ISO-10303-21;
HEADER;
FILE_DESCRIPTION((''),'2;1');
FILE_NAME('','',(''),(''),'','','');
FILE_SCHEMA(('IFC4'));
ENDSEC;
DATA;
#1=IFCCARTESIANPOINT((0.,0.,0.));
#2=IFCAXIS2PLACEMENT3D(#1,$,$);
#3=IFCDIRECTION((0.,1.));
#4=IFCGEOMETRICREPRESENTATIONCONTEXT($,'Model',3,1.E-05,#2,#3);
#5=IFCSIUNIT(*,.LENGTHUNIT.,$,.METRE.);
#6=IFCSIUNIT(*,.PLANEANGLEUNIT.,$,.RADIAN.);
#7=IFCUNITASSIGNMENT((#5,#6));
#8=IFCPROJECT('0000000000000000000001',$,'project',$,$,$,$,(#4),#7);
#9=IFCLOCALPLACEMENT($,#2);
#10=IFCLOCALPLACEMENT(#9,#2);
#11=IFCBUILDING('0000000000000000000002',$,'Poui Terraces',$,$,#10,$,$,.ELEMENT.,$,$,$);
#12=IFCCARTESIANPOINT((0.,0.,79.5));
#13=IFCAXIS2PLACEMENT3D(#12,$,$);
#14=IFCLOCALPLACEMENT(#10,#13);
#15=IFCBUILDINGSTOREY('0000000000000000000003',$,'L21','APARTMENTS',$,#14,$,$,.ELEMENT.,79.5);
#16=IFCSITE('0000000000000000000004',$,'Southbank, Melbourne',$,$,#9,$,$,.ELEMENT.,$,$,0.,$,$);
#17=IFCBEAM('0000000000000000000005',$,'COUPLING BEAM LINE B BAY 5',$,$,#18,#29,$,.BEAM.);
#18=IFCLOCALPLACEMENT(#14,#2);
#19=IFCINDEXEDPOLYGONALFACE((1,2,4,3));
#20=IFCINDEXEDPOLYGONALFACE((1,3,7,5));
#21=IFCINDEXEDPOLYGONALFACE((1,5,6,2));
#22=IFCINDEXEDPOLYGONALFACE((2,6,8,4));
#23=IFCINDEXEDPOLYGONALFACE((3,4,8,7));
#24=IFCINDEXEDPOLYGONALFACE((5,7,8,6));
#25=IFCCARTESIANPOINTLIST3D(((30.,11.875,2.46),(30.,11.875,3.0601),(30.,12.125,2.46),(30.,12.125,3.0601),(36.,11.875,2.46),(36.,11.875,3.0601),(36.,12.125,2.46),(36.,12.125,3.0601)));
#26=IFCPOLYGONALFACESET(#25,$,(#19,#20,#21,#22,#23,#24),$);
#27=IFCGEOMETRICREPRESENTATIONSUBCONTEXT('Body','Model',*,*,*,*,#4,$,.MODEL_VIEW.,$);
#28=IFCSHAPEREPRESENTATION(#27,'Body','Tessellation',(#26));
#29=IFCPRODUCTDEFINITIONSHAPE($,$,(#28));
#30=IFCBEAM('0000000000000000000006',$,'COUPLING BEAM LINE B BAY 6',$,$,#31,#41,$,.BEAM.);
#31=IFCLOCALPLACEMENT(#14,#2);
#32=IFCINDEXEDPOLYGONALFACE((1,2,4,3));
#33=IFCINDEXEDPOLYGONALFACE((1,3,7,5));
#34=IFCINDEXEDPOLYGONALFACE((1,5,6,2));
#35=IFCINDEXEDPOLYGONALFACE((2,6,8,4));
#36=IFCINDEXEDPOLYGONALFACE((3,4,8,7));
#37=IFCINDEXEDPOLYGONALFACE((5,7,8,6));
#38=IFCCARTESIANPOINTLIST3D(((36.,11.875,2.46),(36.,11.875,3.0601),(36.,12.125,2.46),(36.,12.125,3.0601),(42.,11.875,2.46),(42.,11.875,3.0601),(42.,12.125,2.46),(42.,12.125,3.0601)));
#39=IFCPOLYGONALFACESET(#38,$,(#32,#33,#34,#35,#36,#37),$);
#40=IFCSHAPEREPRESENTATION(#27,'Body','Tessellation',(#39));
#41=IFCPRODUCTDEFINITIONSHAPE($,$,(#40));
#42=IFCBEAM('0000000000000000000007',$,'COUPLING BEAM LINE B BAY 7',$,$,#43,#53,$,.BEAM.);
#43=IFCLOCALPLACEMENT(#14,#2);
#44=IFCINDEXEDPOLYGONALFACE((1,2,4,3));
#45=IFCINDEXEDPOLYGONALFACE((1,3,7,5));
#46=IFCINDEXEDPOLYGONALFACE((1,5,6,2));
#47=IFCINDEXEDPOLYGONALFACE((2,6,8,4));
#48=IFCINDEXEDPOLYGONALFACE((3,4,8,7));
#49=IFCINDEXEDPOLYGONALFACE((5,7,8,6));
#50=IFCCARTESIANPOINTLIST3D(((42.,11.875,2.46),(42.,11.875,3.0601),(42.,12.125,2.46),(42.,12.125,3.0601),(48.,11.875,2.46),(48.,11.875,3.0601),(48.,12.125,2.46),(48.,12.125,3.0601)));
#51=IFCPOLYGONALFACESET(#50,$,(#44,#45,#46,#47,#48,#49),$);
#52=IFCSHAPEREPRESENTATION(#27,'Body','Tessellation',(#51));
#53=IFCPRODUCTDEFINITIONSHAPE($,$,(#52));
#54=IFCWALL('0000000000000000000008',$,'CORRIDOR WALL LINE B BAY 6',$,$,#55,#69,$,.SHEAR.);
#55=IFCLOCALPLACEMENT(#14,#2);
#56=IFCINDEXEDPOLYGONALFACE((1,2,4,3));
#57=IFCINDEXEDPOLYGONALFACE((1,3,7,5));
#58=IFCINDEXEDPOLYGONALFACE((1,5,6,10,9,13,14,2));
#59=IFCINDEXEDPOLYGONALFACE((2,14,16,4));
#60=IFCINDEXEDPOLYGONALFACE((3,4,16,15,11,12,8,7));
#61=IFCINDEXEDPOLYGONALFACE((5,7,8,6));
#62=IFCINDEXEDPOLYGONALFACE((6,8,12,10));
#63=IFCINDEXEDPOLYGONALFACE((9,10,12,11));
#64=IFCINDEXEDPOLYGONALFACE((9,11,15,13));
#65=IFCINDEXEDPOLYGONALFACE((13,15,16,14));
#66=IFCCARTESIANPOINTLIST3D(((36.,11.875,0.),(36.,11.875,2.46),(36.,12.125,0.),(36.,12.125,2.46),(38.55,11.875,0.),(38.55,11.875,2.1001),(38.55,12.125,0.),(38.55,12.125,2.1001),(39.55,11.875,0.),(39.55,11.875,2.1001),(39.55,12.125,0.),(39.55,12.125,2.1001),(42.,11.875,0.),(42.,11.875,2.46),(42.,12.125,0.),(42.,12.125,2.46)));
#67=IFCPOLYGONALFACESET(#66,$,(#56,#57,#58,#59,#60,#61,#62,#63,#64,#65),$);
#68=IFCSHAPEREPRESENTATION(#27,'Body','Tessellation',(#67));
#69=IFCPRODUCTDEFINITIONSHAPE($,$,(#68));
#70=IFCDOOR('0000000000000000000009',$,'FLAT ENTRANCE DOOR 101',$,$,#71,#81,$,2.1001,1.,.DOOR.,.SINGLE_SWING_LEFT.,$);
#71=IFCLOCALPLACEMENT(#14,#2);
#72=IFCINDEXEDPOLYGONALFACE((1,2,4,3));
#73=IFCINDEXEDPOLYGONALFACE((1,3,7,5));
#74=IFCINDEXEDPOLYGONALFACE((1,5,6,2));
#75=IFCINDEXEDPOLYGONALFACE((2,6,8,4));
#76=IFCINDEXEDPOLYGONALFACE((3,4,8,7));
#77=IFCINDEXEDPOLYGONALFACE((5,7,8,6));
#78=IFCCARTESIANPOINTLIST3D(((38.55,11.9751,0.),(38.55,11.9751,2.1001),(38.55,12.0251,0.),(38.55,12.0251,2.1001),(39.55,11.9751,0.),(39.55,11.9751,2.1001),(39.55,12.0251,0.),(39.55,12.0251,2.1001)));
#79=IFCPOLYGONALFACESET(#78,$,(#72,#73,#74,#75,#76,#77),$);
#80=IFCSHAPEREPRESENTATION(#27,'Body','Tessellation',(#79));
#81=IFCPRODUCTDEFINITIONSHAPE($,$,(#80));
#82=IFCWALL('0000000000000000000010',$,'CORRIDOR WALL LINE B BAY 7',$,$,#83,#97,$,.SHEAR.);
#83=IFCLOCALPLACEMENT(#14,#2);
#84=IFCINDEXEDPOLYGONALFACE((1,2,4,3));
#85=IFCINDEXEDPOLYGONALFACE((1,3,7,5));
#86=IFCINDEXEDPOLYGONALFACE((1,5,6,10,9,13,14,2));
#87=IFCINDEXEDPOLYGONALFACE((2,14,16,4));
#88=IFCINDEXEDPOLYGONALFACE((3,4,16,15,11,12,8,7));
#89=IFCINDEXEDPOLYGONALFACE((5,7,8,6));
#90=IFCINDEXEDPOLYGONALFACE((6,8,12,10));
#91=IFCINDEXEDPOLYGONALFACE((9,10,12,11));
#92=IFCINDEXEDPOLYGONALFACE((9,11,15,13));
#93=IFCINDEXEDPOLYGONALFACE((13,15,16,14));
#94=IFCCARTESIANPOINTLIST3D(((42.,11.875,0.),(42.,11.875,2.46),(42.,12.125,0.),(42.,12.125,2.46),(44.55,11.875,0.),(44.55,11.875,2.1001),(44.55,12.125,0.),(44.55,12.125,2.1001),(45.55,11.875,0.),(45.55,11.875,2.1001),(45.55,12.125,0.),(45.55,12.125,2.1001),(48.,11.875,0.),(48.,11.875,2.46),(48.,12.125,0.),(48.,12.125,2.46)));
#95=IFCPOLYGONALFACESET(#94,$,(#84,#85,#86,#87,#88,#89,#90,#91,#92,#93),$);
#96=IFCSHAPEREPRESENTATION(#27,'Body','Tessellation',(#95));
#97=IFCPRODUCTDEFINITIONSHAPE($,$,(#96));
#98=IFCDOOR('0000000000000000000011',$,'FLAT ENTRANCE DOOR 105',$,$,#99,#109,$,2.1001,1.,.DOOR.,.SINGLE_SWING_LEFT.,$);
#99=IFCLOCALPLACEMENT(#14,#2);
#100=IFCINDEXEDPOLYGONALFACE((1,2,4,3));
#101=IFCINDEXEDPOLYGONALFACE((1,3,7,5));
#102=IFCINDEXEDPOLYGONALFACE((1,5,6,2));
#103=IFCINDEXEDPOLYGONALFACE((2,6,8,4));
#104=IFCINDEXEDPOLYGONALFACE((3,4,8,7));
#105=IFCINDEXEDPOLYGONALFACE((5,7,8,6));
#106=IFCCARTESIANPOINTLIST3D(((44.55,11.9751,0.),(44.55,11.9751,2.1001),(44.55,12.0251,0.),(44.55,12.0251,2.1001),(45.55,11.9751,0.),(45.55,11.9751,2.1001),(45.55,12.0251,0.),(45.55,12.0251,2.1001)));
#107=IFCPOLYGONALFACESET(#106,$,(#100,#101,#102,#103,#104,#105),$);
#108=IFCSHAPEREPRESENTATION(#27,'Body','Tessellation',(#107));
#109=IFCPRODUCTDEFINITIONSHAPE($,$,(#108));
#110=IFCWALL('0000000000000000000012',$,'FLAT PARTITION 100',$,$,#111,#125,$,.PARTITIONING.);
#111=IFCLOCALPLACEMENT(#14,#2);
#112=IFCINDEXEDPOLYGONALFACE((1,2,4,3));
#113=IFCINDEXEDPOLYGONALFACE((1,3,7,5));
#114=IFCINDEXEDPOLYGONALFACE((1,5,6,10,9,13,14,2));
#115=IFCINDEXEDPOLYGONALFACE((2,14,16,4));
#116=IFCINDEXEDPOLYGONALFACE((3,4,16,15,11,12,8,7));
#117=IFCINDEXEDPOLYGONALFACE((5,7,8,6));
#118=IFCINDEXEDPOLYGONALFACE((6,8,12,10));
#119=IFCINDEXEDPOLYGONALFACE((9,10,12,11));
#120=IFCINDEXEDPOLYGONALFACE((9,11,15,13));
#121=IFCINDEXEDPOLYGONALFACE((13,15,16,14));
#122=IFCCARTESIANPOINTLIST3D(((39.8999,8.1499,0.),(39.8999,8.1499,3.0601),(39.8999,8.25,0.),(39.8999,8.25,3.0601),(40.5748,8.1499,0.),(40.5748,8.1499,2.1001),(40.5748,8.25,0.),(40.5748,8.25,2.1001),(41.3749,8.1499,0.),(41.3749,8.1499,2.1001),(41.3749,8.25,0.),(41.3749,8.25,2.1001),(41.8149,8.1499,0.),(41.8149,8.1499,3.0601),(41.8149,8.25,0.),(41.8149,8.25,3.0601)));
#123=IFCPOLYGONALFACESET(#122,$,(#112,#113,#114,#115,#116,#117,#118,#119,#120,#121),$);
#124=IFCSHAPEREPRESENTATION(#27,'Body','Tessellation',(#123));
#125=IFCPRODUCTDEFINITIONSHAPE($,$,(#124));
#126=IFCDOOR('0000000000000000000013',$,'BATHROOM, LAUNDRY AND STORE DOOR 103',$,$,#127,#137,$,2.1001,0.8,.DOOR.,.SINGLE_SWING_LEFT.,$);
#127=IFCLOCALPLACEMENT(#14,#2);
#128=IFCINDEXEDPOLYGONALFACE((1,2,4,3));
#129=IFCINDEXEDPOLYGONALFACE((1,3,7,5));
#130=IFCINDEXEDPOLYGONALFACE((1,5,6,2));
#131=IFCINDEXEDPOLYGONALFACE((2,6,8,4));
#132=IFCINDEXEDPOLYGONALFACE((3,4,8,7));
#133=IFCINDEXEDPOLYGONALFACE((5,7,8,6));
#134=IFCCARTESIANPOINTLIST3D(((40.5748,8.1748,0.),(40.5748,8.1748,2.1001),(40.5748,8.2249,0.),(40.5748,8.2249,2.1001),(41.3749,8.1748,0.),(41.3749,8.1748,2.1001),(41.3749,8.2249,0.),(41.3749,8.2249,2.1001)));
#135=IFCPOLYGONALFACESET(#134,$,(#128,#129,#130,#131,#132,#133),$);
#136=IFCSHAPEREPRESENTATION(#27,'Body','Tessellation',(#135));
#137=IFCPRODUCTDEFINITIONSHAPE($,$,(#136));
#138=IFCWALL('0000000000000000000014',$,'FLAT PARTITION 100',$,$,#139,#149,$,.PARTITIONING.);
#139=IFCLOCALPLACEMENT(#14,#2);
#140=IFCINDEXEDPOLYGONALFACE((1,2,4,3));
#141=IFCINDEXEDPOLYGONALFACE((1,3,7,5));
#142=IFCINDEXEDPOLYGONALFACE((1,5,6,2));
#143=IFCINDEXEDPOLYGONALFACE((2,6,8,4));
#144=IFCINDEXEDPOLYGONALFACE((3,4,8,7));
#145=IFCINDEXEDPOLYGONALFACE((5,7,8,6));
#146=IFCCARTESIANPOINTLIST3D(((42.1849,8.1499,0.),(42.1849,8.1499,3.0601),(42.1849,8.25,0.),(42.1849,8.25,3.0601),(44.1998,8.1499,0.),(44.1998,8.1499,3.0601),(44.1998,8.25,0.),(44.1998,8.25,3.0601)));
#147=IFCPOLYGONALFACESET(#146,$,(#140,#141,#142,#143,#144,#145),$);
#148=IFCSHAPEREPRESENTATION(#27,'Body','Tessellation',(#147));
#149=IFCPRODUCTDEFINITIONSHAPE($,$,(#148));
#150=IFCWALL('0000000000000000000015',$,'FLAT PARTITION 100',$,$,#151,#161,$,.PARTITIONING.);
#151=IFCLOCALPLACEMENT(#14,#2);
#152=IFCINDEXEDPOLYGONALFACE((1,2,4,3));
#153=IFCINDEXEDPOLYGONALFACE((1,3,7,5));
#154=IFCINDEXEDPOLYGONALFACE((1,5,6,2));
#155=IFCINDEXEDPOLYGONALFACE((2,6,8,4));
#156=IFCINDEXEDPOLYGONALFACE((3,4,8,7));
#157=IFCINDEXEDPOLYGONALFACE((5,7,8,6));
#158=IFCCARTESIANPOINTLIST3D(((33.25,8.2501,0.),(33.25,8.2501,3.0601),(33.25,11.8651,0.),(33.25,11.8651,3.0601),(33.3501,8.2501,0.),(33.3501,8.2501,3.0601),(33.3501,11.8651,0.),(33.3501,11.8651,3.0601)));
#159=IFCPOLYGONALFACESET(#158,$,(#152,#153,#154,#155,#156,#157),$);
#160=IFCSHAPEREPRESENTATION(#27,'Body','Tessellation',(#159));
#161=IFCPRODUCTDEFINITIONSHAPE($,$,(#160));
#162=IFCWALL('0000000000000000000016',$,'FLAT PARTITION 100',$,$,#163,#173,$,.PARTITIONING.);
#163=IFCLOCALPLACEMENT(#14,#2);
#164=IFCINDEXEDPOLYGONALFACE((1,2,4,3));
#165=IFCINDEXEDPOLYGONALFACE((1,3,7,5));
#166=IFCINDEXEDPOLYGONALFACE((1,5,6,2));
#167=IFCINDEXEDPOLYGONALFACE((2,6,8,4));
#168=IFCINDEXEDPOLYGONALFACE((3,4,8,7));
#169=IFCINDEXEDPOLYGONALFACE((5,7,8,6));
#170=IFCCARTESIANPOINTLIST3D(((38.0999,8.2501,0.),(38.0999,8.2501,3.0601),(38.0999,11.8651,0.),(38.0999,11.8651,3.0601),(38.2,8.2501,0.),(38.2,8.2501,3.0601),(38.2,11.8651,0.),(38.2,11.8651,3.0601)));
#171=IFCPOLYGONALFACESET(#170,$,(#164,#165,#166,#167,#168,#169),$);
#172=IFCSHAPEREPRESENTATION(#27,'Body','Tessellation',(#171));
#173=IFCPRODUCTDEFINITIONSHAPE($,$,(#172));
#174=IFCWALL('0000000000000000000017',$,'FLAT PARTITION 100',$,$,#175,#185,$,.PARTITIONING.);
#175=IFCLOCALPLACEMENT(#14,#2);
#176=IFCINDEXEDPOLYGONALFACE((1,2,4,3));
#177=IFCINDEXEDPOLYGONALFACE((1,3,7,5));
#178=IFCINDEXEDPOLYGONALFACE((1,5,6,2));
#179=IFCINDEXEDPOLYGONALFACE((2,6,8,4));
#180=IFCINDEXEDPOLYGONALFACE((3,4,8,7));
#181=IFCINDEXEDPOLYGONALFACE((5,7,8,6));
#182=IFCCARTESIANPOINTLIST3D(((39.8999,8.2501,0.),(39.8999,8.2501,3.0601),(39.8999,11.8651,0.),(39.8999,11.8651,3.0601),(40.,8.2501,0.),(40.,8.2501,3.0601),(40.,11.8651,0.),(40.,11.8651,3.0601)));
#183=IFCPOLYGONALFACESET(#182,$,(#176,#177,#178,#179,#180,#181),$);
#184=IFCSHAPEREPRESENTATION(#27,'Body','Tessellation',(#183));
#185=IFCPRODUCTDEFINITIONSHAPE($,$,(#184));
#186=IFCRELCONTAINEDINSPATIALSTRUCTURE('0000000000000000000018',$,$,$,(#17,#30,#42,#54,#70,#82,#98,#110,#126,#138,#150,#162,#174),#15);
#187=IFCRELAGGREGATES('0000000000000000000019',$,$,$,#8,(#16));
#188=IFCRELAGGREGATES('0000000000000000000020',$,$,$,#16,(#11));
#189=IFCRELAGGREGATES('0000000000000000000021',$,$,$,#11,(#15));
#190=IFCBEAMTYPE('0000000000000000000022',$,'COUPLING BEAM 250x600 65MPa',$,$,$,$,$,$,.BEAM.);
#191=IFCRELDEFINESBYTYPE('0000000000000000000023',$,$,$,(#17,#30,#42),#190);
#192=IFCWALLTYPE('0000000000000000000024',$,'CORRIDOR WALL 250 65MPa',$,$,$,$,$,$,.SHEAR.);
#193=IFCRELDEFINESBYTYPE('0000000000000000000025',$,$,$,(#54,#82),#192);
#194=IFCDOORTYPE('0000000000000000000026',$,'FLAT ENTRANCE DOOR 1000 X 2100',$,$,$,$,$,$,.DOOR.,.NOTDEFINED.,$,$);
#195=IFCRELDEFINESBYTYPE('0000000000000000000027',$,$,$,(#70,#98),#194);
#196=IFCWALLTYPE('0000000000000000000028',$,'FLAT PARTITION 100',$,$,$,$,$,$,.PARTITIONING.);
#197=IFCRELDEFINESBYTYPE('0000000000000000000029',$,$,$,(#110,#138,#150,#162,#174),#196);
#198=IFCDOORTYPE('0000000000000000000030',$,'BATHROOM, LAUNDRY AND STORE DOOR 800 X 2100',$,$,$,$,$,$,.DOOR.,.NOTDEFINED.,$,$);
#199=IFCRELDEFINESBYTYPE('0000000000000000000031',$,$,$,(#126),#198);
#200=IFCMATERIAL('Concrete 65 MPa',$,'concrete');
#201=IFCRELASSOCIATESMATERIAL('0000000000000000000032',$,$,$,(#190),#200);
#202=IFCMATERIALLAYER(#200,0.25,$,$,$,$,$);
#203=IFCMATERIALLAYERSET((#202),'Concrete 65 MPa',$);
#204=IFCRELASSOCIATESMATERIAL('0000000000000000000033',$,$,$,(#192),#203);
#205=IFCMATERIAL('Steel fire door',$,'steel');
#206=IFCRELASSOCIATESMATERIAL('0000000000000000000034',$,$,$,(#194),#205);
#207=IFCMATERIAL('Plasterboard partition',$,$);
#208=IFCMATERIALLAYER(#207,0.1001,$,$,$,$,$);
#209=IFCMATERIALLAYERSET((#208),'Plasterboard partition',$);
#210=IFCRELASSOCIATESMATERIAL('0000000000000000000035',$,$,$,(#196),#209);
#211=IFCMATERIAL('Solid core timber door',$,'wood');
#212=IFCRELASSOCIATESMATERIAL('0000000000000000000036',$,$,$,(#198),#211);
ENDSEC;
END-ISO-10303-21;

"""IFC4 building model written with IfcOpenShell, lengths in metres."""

from ifc_helpers import new_model, si_unit, direction, frame, frame_2d, origin, origin_2d, place, context, subcontext, project, spatial, rectangle, extrude, source, transform, mapped, material, layer, layer_set, material_profile, profile_set, type_object, element, fill, save


model = new_model("IFC4")

# Units and contexts
model_context = context("Model", 3, precision=1e-05, world=origin(), true_north=direction((0.0, 1.0)))
body_context = subcontext(model_context, "Body", "Model", "MODEL_VIEW")
ifc_project = project(units=[si_unit("LENGTHUNIT", "METRE"), si_unit("PLANEANGLEUNIT", "RADIAN")], contexts=[model_context])

# Site, building, storey
site_placement = place(None, origin())
site = spatial("IfcSite", under=ifc_project, at=site_placement, Name="Southbank, Melbourne", CompositionType="ELEMENT", RefElevation=0.0)
building_placement = place(site_placement, origin())
building = spatial("IfcBuilding", under=site, at=building_placement, Name="Poui Terraces", CompositionType="ELEMENT")
storey_placement = place(building_placement, frame((0.0, 0.0, 79.5)))
storey = spatial("IfcBuildingStorey", under=building, at=storey_placement, Name="L21", Description="APARTMENTS", CompositionType="ELEMENT", Elevation=79.5)

# Beams
ifc_material_1 = material(Name="Concrete 65 MPa", Category="concrete")
ifc_material_profile = material_profile(ifc_material_1, rectangle(XDim=0.25, YDim=0.6001, at=origin_2d()), Name="RC 250x600")
ifc_profile_set = profile_set([ifc_material_profile], Name="Concrete 65 MPa")
beam_type = type_object("IfcBeamType", Name="COUPLING BEAM 250x600 65MPa", PredefinedType="BEAM", material=ifc_profile_set)
shared_shape = source(origin(), body_context, "Body", "SweptSolid", [
    extrude(rectangle(XDim=0.25, YDim=0.6001, at=origin_2d()), origin(), (0.0, 0.0, 1.0), 6.0),
])
for number, where, z_axis, x_axis, name in (
    (1, (30.0, 12.0, 2.76), (1.0, 0.0, 0.0), (0.0, 1.0, 0.0), "COUPLING BEAM LINE B BAY 5"),
    (2, (36.0, 12.0, 2.76), (1.0, 0.0, 0.0), (0.0, 1.0, 0.0), "COUPLING BEAM LINE B BAY 6"),
    (3, (42.0, 12.0, 2.76), (1.0, 0.0, 0.0), (0.0, 1.0, 0.0), "COUPLING BEAM LINE B BAY 7"),
):
    element("IfcBeam", number, at=place(storey_placement, frame(where, z_axis=z_axis, x_axis=x_axis)), inside=storey, type_object=beam_type, Name=name, PredefinedType="BEAM", context=body_context, shape_type="MappedRepresentation", body=[
        mapped(shared_shape, transform((0.0, 0.0, 0.0))),
    ])

# Walls, openings, doors
ifc_layer_1 = layer(ifc_material_1, 0.25)
ifc_layer_set_1 = layer_set([ifc_layer_1], Name="Concrete 65 MPa")
wall_type_1 = type_object("IfcWallType", Name="CORRIDOR WALL 250 65MPa", PredefinedType="SHEAR", material=ifc_layer_set_1)
wall_1_placement = place(storey_placement, frame((36.0, 12.0, 0.0), z_axis=(0.0, 0.0, 1.0), x_axis=(1.0, 0.0, 0.0)))
wall_1 = element("IfcWall", 4, at=wall_1_placement, inside=storey, type_object=wall_type_1, Name="CORRIDOR WALL LINE B BAY 6", PredefinedType="SHEAR", context=body_context, shape_type="SweptSolid", body=[
    extrude(rectangle(XDim=6.0, YDim=0.25, at=frame_2d((3.0, 0.0))), origin(), (0.0, 0.0, 1.0), 2.46),
])
opening_1_placement = place(wall_1_placement, frame((2.55, 0.0, 0.0)))
opening_1 = element("IfcOpeningElement", 5, at=opening_1_placement, cuts=wall_1, PredefinedType="OPENING", context=body_context, shape_type="SweptSolid", body=[
    extrude(rectangle(XDim=1.0, YDim=2.1001, at=frame_2d((0.5, 1.05))), frame((0.0, 0.135, 0.0), z_axis=(0.0, -1.0, 0.0), x_axis=(1.0, 0.0, 0.0)), (0.0, 0.0, 1.0), 0.27),
])
ifc_material_2 = material(Name="Steel fire door", Category="steel")
door_type_1 = type_object("IfcDoorType", Name="FLAT ENTRANCE DOOR 1000 X 2100", OperationType="NOTDEFINED", PredefinedType="DOOR", material=ifc_material_2)
door_1_placement = place(opening_1_placement, frame((1.0, 0.0, 0.0), z_axis=(0.0, 0.0, 1.0), x_axis=(-1.0, 0.0, 0.0)))
door_1 = element("IfcDoor", 6, at=door_1_placement, inside=storey, type_object=door_type_1, Name="FLAT ENTRANCE DOOR 101", OperationType="SINGLE_SWING_LEFT", OverallHeight=2.1001, OverallWidth=1.0, PredefinedType="DOOR", context=body_context, shape_type="SweptSolid", body=[
    extrude(rectangle(XDim=1.0, YDim=2.1001, at=frame_2d((0.5, 1.05))), frame((0.0, 0.0249, 0.0), z_axis=(0.0, -1.0, 0.0), x_axis=(1.0, 0.0, 0.0)), (0.0, 0.0, 1.0), 0.05),
])
fill(opening_1, door_1)
wall_2_placement = place(storey_placement, frame((42.0, 12.0, 0.0), z_axis=(0.0, 0.0, 1.0), x_axis=(1.0, 0.0, 0.0)))
wall_2 = element("IfcWall", 7, at=wall_2_placement, inside=storey, type_object=wall_type_1, Name="CORRIDOR WALL LINE B BAY 7", PredefinedType="SHEAR", context=body_context, shape_type="SweptSolid", body=[
    extrude(rectangle(XDim=6.0, YDim=0.25, at=frame_2d((3.0, 0.0))), origin(), (0.0, 0.0, 1.0), 2.46),
])
opening_2_placement = place(wall_2_placement, frame((2.55, 0.0, 0.0)))
opening_2 = element("IfcOpeningElement", 8, at=opening_2_placement, cuts=wall_2, PredefinedType="OPENING", context=body_context, shape_type="SweptSolid", body=[
    extrude(rectangle(XDim=1.0, YDim=2.1001, at=frame_2d((0.5, 1.05))), frame((0.0, 0.135, 0.0), z_axis=(0.0, -1.0, 0.0), x_axis=(1.0, 0.0, 0.0)), (0.0, 0.0, 1.0), 0.27),
])
door_2_placement = place(opening_2_placement, frame((1.0, 0.0, 0.0), z_axis=(0.0, 0.0, 1.0), x_axis=(-1.0, 0.0, 0.0)))
door_2 = element("IfcDoor", 9, at=door_2_placement, inside=storey, type_object=door_type_1, Name="FLAT ENTRANCE DOOR 105", OperationType="SINGLE_SWING_LEFT", OverallHeight=2.1001, OverallWidth=1.0, PredefinedType="DOOR", context=body_context, shape_type="SweptSolid", body=[
    extrude(rectangle(XDim=1.0, YDim=2.1001, at=frame_2d((0.5, 1.05))), frame((0.0, 0.0249, 0.0), z_axis=(0.0, -1.0, 0.0), x_axis=(1.0, 0.0, 0.0)), (0.0, 0.0, 1.0), 0.05),
])
fill(opening_2, door_2)
ifc_material_3 = material(Name="Plasterboard partition")
ifc_layer_2 = layer(ifc_material_3, 0.1001)
ifc_layer_set_2 = layer_set([ifc_layer_2], Name="Plasterboard partition")
wall_type_2 = type_object("IfcWallType", Name="FLAT PARTITION 100", PredefinedType="PARTITIONING", material=ifc_layer_set_2)
wall_3_placement = place(storey_placement, frame((39.8999, 8.2, 0.0), z_axis=(0.0, 0.0, 1.0), x_axis=(1.0, 0.0, 0.0)))
wall_3 = element("IfcWall", 10, at=wall_3_placement, inside=storey, type_object=wall_type_2, Name="FLAT PARTITION 100", PredefinedType="PARTITIONING", context=body_context, shape_type="SweptSolid", body=[
    extrude(rectangle(XDim=1.915, YDim=0.1001, at=frame_2d((0.9575, 0.0))), origin(), (0.0, 0.0, 1.0), 3.0601),
])
opening_3_placement = place(wall_3_placement, frame((0.675, 0.0, 0.0)))
opening_3 = element("IfcOpeningElement", 11, at=opening_3_placement, cuts=wall_3, PredefinedType="OPENING", context=body_context, shape_type="SweptSolid", body=[
    extrude(rectangle(XDim=0.8, YDim=2.1001, at=frame_2d((0.3999, 1.05))), frame((0.0, 0.0601, 0.0), z_axis=(0.0, -1.0, 0.0), x_axis=(1.0, 0.0, 0.0)), (0.0, 0.0, 1.0), 0.1201),
])
ifc_material_4 = material(Name="Solid core timber door", Category="wood")
door_type_2 = type_object("IfcDoorType", Name="BATHROOM, LAUNDRY AND STORE DOOR 800 X 2100", OperationType="NOTDEFINED", PredefinedType="DOOR", material=ifc_material_4)
door_3_placement = place(opening_3_placement, origin())
door_3 = element("IfcDoor", 12, at=door_3_placement, inside=storey, type_object=door_type_2, Name="BATHROOM, LAUNDRY AND STORE DOOR 103", OperationType="SINGLE_SWING_LEFT", OverallHeight=2.1001, OverallWidth=0.8, PredefinedType="DOOR", context=body_context, shape_type="SweptSolid", body=[
    extrude(rectangle(XDim=0.8, YDim=2.1001, at=frame_2d((0.3999, 1.05))), frame((0.0, 0.0249, 0.0), z_axis=(0.0, -1.0, 0.0), x_axis=(1.0, 0.0, 0.0)), (0.0, 0.0, 1.0), 0.05),
])
fill(opening_3, door_3)

# Walls
wall_4_placement = place(storey_placement, frame((42.1851, 8.2, 0.0), z_axis=(0.0, 0.0, 1.0), x_axis=(1.0, 0.0, 0.0)))
element("IfcWall", 13, at=wall_4_placement, inside=storey, type_object=wall_type_2, Name="FLAT PARTITION 100", PredefinedType="PARTITIONING", context=body_context, shape_type="SweptSolid", body=[
    extrude(rectangle(XDim=2.0149, YDim=0.1001, at=frame_2d((1.0073, 0.0))), origin(), (0.0, 0.0, 1.0), 3.0601),
])
for number, where, z_axis, x_axis, name in (
    (14, (33.3, 8.25, 0.0), (0.0, 0.0, 1.0), (0.0, 1.0, 0.0), "FLAT PARTITION 100"),
    (15, (38.1499, 8.25, 0.0), (0.0, 0.0, 1.0), (0.0, 1.0, 0.0), "FLAT PARTITION 100"),
    (16, (39.95, 8.25, 0.0), (0.0, 0.0, 1.0), (0.0, 1.0, 0.0), "FLAT PARTITION 100"),
):
    element("IfcWall", number, at=place(storey_placement, frame(where, z_axis=z_axis, x_axis=x_axis)), inside=storey, type_object=wall_type_2, Name=name, PredefinedType="PARTITIONING", context=body_context, shape_type="SweptSolid", body=[
        extrude(rectangle(XDim=3.615, YDim=0.1001, at=frame_2d((1.8076, 0.0))), origin(), (0.0, 0.0, 1.0), 3.0601),
    ])

save(model, "model.ifc")
